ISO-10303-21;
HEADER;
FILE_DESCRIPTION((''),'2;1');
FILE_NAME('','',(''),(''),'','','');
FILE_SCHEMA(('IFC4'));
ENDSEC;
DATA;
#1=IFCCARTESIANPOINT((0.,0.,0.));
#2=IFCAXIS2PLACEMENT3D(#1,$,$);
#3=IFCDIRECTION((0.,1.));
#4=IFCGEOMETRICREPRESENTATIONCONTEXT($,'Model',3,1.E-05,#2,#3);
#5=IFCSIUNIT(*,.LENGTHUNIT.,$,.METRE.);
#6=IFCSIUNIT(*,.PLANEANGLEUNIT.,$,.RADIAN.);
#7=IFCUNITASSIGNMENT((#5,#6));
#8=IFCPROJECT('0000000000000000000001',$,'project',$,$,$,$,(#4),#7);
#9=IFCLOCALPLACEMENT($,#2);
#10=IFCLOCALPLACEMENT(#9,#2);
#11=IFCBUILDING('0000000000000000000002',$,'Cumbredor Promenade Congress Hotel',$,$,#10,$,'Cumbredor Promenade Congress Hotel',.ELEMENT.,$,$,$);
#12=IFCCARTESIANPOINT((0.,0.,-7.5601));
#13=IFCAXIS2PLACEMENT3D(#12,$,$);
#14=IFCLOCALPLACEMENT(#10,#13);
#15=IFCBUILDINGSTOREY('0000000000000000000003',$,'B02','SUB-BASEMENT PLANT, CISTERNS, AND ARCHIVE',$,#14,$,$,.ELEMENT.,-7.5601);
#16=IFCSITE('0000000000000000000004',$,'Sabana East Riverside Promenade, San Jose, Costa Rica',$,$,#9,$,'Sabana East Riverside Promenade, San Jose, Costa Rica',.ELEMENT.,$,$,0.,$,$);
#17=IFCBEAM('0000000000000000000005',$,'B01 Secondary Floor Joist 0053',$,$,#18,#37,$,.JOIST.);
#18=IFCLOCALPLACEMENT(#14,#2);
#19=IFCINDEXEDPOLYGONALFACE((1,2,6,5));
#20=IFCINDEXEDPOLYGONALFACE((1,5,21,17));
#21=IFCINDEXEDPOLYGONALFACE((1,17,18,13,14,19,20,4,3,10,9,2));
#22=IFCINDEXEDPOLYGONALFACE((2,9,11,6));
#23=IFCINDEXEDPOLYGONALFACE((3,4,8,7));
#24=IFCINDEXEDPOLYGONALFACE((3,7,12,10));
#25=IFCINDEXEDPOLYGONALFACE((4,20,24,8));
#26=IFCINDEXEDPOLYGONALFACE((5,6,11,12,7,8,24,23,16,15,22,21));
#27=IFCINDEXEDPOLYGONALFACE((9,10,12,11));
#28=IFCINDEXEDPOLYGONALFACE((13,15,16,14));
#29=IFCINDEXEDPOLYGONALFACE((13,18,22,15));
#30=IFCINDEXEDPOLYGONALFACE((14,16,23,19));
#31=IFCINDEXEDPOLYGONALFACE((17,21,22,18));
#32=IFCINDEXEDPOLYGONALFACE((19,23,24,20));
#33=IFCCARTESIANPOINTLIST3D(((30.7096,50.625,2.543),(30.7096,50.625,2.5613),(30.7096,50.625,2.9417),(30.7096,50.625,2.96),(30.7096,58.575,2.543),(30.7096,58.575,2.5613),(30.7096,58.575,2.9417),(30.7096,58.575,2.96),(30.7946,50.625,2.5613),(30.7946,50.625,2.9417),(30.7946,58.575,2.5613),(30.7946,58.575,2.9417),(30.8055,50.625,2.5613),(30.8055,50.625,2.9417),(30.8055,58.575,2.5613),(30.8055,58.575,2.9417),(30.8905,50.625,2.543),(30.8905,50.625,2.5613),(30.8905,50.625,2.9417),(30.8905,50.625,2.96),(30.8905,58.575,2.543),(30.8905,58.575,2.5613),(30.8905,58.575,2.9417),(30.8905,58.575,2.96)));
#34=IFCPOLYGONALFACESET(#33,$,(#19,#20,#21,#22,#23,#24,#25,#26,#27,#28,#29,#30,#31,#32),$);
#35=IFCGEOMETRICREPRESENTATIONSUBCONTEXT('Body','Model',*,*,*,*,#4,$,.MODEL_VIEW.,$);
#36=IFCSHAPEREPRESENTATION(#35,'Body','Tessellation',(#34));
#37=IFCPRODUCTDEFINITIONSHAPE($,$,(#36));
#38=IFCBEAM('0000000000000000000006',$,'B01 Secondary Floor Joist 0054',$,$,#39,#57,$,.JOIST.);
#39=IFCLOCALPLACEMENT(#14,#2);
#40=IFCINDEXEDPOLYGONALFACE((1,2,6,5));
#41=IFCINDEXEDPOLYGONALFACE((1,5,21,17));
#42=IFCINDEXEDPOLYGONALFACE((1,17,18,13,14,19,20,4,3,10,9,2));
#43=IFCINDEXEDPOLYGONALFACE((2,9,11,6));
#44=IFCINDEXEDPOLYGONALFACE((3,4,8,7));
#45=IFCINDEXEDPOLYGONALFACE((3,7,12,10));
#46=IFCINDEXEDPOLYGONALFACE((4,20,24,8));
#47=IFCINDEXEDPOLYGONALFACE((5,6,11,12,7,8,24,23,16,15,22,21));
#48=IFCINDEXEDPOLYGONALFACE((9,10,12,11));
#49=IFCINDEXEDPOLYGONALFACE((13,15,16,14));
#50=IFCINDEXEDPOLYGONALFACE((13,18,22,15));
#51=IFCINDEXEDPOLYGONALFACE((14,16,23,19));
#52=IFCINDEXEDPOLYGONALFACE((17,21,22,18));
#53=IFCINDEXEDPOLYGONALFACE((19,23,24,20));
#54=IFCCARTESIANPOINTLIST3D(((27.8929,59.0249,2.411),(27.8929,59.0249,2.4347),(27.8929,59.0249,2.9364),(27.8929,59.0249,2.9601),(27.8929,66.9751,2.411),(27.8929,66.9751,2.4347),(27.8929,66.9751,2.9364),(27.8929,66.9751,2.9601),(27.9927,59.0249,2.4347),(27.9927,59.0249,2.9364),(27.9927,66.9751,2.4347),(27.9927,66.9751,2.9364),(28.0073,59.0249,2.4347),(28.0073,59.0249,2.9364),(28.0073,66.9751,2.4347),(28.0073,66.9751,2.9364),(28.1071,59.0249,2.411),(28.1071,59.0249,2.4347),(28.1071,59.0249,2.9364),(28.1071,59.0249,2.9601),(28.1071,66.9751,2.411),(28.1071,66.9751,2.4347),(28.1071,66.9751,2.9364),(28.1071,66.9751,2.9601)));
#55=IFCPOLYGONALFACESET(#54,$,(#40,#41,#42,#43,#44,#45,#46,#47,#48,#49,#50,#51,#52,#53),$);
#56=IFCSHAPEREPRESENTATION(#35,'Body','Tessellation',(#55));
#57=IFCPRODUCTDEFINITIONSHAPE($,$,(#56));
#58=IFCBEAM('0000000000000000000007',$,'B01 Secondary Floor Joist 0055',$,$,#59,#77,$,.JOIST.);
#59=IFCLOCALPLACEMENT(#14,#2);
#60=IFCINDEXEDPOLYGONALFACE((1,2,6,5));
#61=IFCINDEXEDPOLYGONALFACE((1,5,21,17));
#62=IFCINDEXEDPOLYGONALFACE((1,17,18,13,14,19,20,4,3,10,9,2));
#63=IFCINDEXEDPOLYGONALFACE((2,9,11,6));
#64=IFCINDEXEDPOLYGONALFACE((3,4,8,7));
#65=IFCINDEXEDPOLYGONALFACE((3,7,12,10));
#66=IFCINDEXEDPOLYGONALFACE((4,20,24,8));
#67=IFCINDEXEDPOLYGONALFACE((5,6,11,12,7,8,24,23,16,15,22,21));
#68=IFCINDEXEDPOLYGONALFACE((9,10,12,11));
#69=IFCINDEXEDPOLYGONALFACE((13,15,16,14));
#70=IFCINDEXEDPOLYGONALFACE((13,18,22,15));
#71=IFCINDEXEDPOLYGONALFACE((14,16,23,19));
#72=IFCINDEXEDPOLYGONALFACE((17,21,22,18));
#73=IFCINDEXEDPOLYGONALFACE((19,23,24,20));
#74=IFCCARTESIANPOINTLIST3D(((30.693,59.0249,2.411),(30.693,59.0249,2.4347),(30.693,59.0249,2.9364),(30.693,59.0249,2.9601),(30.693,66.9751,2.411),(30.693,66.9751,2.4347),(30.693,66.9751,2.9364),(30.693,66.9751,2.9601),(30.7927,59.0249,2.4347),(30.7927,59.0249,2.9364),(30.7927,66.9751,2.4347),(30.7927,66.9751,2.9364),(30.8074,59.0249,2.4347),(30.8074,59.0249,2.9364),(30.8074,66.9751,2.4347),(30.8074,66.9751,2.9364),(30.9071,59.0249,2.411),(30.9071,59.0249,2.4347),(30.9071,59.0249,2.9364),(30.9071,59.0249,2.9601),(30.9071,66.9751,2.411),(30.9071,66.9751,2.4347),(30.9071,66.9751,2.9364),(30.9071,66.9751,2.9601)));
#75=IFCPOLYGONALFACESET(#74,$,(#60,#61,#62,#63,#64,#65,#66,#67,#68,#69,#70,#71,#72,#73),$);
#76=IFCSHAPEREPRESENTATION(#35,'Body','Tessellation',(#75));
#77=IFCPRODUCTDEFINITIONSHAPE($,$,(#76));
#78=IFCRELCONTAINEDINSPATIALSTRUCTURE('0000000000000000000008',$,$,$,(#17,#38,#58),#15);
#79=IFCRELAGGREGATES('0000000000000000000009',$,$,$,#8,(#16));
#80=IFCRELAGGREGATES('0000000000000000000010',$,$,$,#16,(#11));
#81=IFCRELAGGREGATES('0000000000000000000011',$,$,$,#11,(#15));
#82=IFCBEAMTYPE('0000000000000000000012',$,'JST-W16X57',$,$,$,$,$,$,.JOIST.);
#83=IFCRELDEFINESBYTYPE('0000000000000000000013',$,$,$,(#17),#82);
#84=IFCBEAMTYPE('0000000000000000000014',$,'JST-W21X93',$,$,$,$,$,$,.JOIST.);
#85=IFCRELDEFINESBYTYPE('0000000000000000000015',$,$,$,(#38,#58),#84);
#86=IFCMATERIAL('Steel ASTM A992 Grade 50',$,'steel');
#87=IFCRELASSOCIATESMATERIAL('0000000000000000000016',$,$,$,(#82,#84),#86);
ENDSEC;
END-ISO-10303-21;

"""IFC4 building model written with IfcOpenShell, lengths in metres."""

from ifc_helpers import new_model, si_unit, direction, frame, origin, origin_2d, place, context, subcontext, project, spatial, i_section, extrude, material, material_profile, profile_set, type_object, element, save


model = new_model("IFC4")

# Units and contexts
model_context = context("Model", 3, precision=1e-05, world=origin(), true_north=direction((0.0, 1.0)))
body_context = subcontext(model_context, "Body", "Model", "MODEL_VIEW")
ifc_project = project(units=[si_unit("LENGTHUNIT", "METRE"), si_unit("PLANEANGLEUNIT", "RADIAN")], contexts=[model_context])

# Site, building, storey
site_placement = place(None, origin())
site = spatial("IfcSite", under=ifc_project, at=site_placement, Name="Sabana East Riverside Promenade, San Jose, Costa Rica", LongName="Sabana East Riverside Promenade, San Jose, Costa Rica", CompositionType="ELEMENT", RefElevation=0.0)
building_placement = place(site_placement, origin())
building = spatial("IfcBuilding", under=site, at=building_placement, Name="Cumbredor Promenade Congress Hotel", LongName="Cumbredor Promenade Congress Hotel", CompositionType="ELEMENT")
storey_placement = place(building_placement, frame((0.0, 0.0, -7.5601)))
storey = spatial("IfcBuildingStorey", under=building, at=storey_placement, Name="B02", Description="SUB-BASEMENT PLANT, CISTERNS, AND ARCHIVE", CompositionType="ELEMENT", Elevation=-7.5601)

# Beams
ifc_material_1 = material(Name="Steel ASTM A992 Grade 50", Category="steel")
ifc_material_profile_1 = material_profile(ifc_material_1, i_section(OverallWidth=0.1809, OverallDepth=0.417, WebThickness=0.011, FlangeThickness=0.0183, at=origin_2d()), Name="W16X57")
ifc_profile_set_1 = profile_set([ifc_material_profile_1], Name="Steel ASTM A992 Grade 50")
beam_type_1 = type_object("IfcBeamType", Name="JST-W16X57", PredefinedType="JOIST", material=ifc_profile_set_1)
for number, where, z_axis, x_axis, name in (
    (1, (30.8, 50.625, 2.7515), (0.0, 1.0, 0.0), (-1.0, 0.0, 0.0), "B01 Secondary Floor Joist 0053"),
):
    element("IfcBeam", number, at=place(storey_placement, frame(where, z_axis=z_axis, x_axis=x_axis)), inside=storey, type_object=beam_type_1, Name=name, PredefinedType="JOIST", context=body_context, shape_type="SweptSolid", body=[
        extrude(i_section(OverallWidth=0.1809, OverallDepth=0.417, WebThickness=0.011, FlangeThickness=0.0183, at=origin_2d()), origin(), (0.0, 0.0, 1.0), 7.95),
    ])
ifc_material_profile_2 = material_profile(ifc_material_1, i_section(OverallWidth=0.2141, OverallDepth=0.5491, WebThickness=0.0146, FlangeThickness=0.0237, at=origin_2d()), Name="W21X93")
ifc_profile_set_2 = profile_set([ifc_material_profile_2], Name="Steel ASTM A992 Grade 50")
beam_type_2 = type_object("IfcBeamType", Name="JST-W21X93", PredefinedType="JOIST", material=ifc_profile_set_2)
for number, where, z_axis, x_axis, name in (
    (2, (28.0, 59.0249, 2.6855), (0.0, 1.0, 0.0), (-1.0, 0.0, 0.0), "B01 Secondary Floor Joist 0054"),
    (3, (30.8, 59.0249, 2.6855), (0.0, 1.0, 0.0), (-1.0, 0.0, 0.0), "B01 Secondary Floor Joist 0055"),
):
    element("IfcBeam", number, at=place(storey_placement, frame(where, z_axis=z_axis, x_axis=x_axis)), inside=storey, type_object=beam_type_2, Name=name, PredefinedType="JOIST", context=body_context, shape_type="SweptSolid", body=[
        extrude(i_section(OverallWidth=0.2141, OverallDepth=0.5491, WebThickness=0.0146, FlangeThickness=0.0237, at=origin_2d()), origin(), (0.0, 0.0, 1.0), 7.9502),
    ])

save(model, "model.ifc")
